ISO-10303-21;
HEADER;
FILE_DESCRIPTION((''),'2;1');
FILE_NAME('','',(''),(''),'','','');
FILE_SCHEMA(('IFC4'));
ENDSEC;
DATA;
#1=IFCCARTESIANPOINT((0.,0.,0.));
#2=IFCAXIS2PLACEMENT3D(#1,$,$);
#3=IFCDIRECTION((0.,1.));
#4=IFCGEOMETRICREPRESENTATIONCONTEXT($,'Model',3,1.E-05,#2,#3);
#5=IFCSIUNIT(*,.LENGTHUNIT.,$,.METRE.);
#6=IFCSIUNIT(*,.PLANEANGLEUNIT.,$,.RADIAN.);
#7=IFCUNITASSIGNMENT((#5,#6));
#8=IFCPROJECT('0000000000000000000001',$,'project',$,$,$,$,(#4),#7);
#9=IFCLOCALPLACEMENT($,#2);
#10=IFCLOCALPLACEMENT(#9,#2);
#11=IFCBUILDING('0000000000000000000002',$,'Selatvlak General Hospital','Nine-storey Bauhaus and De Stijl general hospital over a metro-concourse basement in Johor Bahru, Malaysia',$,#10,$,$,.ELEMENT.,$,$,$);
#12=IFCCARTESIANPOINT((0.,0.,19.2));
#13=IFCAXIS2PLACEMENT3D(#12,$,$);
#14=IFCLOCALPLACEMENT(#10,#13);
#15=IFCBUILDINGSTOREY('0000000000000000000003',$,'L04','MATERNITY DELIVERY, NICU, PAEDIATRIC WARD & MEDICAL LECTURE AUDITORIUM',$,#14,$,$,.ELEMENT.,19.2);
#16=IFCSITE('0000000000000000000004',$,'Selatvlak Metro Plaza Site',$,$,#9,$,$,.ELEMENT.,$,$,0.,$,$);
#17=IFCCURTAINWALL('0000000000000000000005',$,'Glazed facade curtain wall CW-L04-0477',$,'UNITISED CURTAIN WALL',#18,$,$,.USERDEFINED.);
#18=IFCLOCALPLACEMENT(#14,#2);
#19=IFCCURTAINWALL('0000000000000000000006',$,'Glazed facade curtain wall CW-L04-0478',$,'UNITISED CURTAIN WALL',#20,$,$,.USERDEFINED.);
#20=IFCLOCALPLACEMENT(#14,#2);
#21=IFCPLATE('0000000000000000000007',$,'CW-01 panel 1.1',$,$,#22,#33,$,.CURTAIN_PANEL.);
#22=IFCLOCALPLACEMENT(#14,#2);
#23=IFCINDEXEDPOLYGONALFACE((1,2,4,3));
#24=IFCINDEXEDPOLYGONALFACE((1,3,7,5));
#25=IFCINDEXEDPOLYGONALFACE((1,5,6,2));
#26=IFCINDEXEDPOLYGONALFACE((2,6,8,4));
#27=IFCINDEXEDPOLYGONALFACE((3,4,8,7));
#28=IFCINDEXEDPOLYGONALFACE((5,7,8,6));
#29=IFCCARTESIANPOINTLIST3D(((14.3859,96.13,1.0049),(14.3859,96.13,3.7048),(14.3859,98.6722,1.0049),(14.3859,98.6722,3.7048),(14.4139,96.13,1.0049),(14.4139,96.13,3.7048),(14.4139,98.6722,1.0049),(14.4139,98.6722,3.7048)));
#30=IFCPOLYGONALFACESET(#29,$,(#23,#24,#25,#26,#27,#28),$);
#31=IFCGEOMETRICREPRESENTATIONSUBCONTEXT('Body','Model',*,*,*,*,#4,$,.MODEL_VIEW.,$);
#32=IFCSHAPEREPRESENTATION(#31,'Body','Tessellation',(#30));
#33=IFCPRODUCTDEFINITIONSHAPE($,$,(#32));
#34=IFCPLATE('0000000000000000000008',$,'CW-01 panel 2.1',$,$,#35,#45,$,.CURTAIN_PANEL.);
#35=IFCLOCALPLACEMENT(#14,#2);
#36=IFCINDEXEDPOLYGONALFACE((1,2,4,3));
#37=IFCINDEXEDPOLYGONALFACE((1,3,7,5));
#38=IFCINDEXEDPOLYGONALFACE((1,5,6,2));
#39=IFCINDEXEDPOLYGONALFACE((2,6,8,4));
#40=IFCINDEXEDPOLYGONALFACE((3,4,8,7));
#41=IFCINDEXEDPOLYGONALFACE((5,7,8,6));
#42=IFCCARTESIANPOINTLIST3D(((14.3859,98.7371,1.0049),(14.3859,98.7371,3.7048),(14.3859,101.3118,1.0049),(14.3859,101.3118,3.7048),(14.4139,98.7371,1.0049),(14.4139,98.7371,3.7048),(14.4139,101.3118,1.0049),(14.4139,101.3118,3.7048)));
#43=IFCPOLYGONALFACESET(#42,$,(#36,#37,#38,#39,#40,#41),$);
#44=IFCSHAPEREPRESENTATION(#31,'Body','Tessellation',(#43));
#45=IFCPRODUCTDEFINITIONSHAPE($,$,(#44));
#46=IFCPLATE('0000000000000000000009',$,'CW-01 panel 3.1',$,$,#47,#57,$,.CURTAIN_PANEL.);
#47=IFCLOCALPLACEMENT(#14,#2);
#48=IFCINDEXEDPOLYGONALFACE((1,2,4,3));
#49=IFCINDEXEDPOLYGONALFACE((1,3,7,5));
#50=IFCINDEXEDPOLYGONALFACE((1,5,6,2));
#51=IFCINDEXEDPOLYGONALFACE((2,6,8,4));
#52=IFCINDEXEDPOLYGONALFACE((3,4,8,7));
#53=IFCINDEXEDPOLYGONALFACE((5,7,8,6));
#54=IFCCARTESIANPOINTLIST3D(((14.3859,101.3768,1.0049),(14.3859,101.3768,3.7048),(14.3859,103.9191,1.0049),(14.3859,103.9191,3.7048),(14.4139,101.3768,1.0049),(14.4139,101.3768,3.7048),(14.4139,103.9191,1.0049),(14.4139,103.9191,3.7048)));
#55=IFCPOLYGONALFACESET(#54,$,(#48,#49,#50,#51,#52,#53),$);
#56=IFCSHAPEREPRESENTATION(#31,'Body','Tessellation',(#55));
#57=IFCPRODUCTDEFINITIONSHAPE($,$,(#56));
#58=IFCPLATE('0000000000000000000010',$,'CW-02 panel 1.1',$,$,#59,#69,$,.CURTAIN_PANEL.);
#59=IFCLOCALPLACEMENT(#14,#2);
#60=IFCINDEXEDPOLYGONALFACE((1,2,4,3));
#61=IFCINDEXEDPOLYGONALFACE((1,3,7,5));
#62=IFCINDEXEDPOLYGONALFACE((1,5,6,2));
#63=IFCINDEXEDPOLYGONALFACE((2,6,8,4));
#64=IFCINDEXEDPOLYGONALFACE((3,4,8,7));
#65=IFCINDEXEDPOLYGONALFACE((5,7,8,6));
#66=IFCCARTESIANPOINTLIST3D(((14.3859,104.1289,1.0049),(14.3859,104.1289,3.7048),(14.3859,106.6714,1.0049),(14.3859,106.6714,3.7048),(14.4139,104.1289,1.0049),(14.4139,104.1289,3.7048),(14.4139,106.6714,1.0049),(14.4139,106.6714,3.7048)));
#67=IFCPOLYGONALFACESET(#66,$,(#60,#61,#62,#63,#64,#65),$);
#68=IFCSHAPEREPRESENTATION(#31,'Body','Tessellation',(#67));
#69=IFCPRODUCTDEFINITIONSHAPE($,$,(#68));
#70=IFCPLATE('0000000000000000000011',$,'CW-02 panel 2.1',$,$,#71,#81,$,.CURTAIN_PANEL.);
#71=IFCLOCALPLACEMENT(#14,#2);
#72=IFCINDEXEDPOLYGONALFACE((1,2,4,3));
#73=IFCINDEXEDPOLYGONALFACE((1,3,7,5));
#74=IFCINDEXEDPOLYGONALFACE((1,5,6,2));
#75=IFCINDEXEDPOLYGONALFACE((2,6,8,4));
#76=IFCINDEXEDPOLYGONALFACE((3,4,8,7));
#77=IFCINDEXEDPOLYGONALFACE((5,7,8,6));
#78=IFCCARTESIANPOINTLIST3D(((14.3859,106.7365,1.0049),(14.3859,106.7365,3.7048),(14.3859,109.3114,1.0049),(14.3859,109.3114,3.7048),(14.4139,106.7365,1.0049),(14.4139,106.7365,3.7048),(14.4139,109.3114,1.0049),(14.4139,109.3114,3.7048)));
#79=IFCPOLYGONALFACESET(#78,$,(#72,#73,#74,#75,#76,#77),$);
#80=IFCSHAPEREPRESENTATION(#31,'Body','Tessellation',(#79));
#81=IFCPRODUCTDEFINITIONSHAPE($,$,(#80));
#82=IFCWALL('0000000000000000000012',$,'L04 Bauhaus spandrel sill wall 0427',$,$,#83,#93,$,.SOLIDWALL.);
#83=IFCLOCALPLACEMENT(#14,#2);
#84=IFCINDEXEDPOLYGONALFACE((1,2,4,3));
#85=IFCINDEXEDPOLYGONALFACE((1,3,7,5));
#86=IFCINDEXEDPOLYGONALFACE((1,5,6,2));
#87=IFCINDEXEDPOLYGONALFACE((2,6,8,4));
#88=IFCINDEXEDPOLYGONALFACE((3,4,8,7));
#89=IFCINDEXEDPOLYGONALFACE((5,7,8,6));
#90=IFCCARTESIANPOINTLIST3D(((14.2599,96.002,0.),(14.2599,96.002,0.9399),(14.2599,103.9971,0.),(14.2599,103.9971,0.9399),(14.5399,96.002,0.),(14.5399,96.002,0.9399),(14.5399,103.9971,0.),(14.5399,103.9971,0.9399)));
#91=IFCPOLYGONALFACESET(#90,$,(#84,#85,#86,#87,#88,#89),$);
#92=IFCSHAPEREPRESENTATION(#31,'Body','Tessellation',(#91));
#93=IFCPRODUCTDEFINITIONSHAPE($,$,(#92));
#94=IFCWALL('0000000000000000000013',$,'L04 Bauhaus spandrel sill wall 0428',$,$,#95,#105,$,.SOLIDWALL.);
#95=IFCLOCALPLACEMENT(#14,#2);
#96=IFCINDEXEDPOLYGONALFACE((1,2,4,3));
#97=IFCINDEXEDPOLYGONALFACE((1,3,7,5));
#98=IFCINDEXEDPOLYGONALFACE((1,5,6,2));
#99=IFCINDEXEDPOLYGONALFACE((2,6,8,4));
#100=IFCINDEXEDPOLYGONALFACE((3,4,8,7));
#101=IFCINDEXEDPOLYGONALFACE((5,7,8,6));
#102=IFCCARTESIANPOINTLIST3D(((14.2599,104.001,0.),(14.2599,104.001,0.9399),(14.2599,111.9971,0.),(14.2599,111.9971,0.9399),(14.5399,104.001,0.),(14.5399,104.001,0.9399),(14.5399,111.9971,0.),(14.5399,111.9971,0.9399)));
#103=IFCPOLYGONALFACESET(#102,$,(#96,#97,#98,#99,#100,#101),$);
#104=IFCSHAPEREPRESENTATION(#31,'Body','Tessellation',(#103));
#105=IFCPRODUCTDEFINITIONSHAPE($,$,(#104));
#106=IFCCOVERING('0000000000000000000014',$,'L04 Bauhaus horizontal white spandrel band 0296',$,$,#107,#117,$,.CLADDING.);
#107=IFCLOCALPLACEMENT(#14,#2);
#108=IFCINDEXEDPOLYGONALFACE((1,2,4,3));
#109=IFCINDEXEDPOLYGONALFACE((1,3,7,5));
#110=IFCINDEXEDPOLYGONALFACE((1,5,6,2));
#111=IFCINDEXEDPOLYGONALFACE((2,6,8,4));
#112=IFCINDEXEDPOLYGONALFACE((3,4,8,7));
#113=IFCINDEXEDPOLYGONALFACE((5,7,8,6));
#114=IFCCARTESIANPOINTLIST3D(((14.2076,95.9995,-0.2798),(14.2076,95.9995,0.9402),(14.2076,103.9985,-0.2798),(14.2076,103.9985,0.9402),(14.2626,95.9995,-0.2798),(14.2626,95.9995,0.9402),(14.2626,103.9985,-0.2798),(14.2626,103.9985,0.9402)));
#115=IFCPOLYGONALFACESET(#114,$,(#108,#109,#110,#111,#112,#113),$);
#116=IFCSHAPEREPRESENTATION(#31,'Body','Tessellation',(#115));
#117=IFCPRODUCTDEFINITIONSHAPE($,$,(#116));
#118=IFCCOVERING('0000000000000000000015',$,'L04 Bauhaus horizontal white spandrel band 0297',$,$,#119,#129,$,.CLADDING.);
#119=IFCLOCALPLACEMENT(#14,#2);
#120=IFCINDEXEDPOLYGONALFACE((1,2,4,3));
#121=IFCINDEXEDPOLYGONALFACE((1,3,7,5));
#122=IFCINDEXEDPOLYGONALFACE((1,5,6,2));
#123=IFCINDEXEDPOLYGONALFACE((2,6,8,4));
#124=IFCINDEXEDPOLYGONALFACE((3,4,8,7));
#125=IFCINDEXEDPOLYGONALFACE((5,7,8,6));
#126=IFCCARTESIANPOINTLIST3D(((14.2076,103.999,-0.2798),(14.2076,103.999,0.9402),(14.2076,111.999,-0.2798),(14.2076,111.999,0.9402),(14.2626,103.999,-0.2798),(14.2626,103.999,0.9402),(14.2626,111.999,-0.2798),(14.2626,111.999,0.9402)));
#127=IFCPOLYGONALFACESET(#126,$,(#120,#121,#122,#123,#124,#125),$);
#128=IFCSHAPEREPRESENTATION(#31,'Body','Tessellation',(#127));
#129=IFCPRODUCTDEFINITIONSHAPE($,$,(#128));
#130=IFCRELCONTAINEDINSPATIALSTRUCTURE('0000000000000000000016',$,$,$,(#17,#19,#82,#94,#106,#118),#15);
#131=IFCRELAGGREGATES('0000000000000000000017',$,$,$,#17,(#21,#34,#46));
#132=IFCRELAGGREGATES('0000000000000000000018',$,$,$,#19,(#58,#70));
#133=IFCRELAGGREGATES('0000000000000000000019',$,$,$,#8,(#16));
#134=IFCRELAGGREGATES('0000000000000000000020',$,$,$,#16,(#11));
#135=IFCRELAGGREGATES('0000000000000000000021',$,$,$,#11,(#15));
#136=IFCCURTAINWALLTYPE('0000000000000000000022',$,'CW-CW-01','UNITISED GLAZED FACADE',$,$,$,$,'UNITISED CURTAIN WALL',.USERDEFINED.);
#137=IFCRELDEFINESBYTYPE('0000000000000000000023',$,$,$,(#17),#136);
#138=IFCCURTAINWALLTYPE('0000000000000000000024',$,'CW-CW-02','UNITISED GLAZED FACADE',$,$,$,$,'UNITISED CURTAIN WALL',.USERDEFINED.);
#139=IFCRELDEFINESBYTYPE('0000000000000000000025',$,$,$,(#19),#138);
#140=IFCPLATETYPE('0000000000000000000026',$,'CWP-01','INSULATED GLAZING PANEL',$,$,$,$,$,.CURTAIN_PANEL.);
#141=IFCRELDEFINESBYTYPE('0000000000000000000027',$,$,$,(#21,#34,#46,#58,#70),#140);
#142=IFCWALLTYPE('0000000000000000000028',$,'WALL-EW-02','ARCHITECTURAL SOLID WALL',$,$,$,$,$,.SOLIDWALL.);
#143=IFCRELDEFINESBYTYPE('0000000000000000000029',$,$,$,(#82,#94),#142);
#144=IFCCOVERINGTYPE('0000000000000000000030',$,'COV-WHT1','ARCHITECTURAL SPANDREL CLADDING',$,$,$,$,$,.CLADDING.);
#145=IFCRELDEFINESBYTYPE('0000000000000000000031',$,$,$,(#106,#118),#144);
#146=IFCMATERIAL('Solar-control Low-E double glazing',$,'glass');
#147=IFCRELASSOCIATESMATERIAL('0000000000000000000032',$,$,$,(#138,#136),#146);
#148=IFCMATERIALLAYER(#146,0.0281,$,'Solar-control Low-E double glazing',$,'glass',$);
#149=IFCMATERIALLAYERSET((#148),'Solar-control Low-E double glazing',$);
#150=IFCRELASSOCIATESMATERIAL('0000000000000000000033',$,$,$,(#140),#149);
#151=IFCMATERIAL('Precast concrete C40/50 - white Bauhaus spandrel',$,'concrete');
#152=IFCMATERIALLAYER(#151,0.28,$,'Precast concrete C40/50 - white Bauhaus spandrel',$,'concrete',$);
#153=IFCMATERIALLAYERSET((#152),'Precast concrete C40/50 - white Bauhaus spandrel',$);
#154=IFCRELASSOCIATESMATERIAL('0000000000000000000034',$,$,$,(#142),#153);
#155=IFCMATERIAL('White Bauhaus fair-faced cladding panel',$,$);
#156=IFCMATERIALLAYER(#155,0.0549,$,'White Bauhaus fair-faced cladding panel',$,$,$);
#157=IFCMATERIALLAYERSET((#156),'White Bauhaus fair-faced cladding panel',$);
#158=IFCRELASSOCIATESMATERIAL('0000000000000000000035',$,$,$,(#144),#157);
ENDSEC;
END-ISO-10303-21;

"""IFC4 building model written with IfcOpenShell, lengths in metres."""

from ifc_helpers import new_model, si_unit, direction, frame, frame_2d, origin, origin_2d, place, context, subcontext, project, spatial, rectangle, extrude, material, layer, layer_set, type_object, element, aggregate, save


model = new_model("IFC4")

# Units and contexts
model_context = context("Model", 3, precision=1e-05, world=origin(), true_north=direction((0.0, 1.0)))
body_context = subcontext(model_context, "Body", "Model", "MODEL_VIEW")
ifc_project = project(units=[si_unit("LENGTHUNIT", "METRE"), si_unit("PLANEANGLEUNIT", "RADIAN")], contexts=[model_context])

# Site, building, storey
site_placement = place(None, origin())
site = spatial("IfcSite", under=ifc_project, at=site_placement, Name="Selatvlak Metro Plaza Site", CompositionType="ELEMENT", RefElevation=0.0)
building_placement = place(site_placement, origin())
building = spatial("IfcBuilding", under=site, at=building_placement, Name="Selatvlak General Hospital", Description="Nine-storey Bauhaus and De Stijl general hospital over a metro-concourse basement in Johor Bahru, Malaysia", CompositionType="ELEMENT")
storey_placement = place(building_placement, frame((0.0, 0.0, 19.2)))
storey = spatial("IfcBuildingStorey", under=building, at=storey_placement, Name="L04", Description="MATERNITY DELIVERY, NICU, PAEDIATRIC WARD & MEDICAL LECTURE AUDITORIUM", CompositionType="ELEMENT", Elevation=19.2)

# Curtain walls
ifc_material_1 = material(Name="Solar-control Low-E double glazing", Category="glass")
curtain_wall_type_1 = type_object("IfcCurtainWallType", Name="CW-CW-02", Description="UNITISED GLAZED FACADE", ElementType="UNITISED CURTAIN WALL", PredefinedType="USERDEFINED", material=ifc_material_1)
curtain_wall_type_2 = type_object("IfcCurtainWallType", Name="CW-CW-01", Description="UNITISED GLAZED FACADE", ElementType="UNITISED CURTAIN WALL", PredefinedType="USERDEFINED", material=ifc_material_1)
curtain_wall_1_placement = place(storey_placement, origin())
curtain_wall_1 = element("IfcCurtainWall", 1, at=curtain_wall_1_placement, inside=storey, type_object=curtain_wall_type_2, Name="Glazed facade curtain wall CW-L04-0477", ObjectType="UNITISED CURTAIN WALL", PredefinedType="USERDEFINED")
curtain_wall_2_placement = place(storey_placement, origin())
curtain_wall_2 = element("IfcCurtainWall", 2, at=curtain_wall_2_placement, inside=storey, type_object=curtain_wall_type_1, Name="Glazed facade curtain wall CW-L04-0478", ObjectType="UNITISED CURTAIN WALL", PredefinedType="USERDEFINED")

# Plates
ifc_layer_1 = layer(ifc_material_1, 0.0281, Name="Solar-control Low-E double glazing", Category="glass")
ifc_layer_set_1 = layer_set([ifc_layer_1], Name="Solar-control Low-E double glazing")
plate_type = type_object("IfcPlateType", Name="CWP-01", Description="INSULATED GLAZING PANEL", PredefinedType="CURTAIN_PANEL", material=ifc_layer_set_1)
plate_1_placement = place(storey_placement, frame((14.3999, 97.4011, 1.0049), z_axis=(0.0, 0.0, 1.0), x_axis=(0.0, 1.0, 0.0)))
plate_1 = element("IfcPlate", 3, at=plate_1_placement, type_object=plate_type, Name="CW-01 panel 1.1", PredefinedType="CURTAIN_PANEL", context=body_context, shape_type="SweptSolid", body=[
    extrude(rectangle(XDim=2.5422, YDim=0.0281, at=origin_2d()), origin(), (0.0, 0.0, 1.0), 2.7),
])
plate_2_placement = place(storey_placement, frame((14.3999, 100.0244, 1.0049), z_axis=(0.0, 0.0, 1.0), x_axis=(0.0, 1.0, 0.0)))
plate_2 = element("IfcPlate", 4, at=plate_2_placement, type_object=plate_type, Name="CW-01 panel 2.1", PredefinedType="CURTAIN_PANEL", context=body_context, shape_type="SweptSolid", body=[
    extrude(rectangle(XDim=2.5747, YDim=0.0281, at=origin_2d()), origin(), (0.0, 0.0, 1.0), 2.7),
])
plate_3_placement = place(storey_placement, frame((14.3999, 102.6479, 1.0049), z_axis=(0.0, 0.0, 1.0), x_axis=(0.0, 1.0, 0.0)))
plate_3 = element("IfcPlate", 5, at=plate_3_placement, type_object=plate_type, Name="CW-01 panel 3.1", PredefinedType="CURTAIN_PANEL", context=body_context, shape_type="SweptSolid", body=[
    extrude(rectangle(XDim=2.5422, YDim=0.0281, at=origin_2d()), origin(), (0.0, 0.0, 1.0), 2.7),
])
aggregate(curtain_wall_1, [plate_1, plate_2, plate_3])
plate_4_placement = place(storey_placement, frame((14.3999, 105.4001, 1.0049), z_axis=(0.0, 0.0, 1.0), x_axis=(0.0, 1.0, 0.0)))
plate_4 = element("IfcPlate", 6, at=plate_4_placement, type_object=plate_type, Name="CW-02 panel 1.1", PredefinedType="CURTAIN_PANEL", context=body_context, shape_type="SweptSolid", body=[
    extrude(rectangle(XDim=2.5425, YDim=0.0281, at=origin_2d()), origin(), (0.0, 0.0, 1.0), 2.7),
])
plate_5_placement = place(storey_placement, frame((14.3999, 108.0239, 1.0049), z_axis=(0.0, 0.0, 1.0), x_axis=(0.0, 1.0, 0.0)))
plate_5 = element("IfcPlate", 7, at=plate_5_placement, type_object=plate_type, Name="CW-02 panel 2.1", PredefinedType="CURTAIN_PANEL", context=body_context, shape_type="SweptSolid", body=[
    extrude(rectangle(XDim=2.575, YDim=0.0281, at=origin_2d()), origin(), (0.0, 0.0, 1.0), 2.7),
])
aggregate(curtain_wall_2, [plate_4, plate_5])

# Walls
ifc_material_2 = material(Name="Precast concrete C40/50 - white Bauhaus spandrel", Category="concrete")
ifc_layer_2 = layer(ifc_material_2, 0.28, Name="Precast concrete C40/50 - white Bauhaus spandrel", Category="concrete")
ifc_layer_set_2 = layer_set([ifc_layer_2], Name="Precast concrete C40/50 - white Bauhaus spandrel")
wall_type = type_object("IfcWallType", Name="WALL-EW-02", Description="ARCHITECTURAL SOLID WALL", PredefinedType="SOLIDWALL", material=ifc_layer_set_2)
wall_1_placement = place(storey_placement, frame((14.3999, 96.002, 0.0), z_axis=(0.0, 0.0, 1.0), x_axis=(0.0, 1.0, 0.0)))
element("IfcWall", 8, at=wall_1_placement, inside=storey, type_object=wall_type, Name="L04 Bauhaus spandrel sill wall 0427", PredefinedType="SOLIDWALL", context=body_context, shape_type="SweptSolid", body=[
    extrude(rectangle(XDim=7.9951, YDim=0.28, at=frame_2d((3.9976, 0.0))), origin(), (0.0, 0.0, 1.0), 0.9399),
])
wall_2_placement = place(storey_placement, frame((14.3999, 104.001, 0.0), z_axis=(0.0, 0.0, 1.0), x_axis=(0.0, 1.0, 0.0)))
element("IfcWall", 9, at=wall_2_placement, inside=storey, type_object=wall_type, Name="L04 Bauhaus spandrel sill wall 0428", PredefinedType="SOLIDWALL", context=body_context, shape_type="SweptSolid", body=[
    extrude(rectangle(XDim=7.9961, YDim=0.28, at=frame_2d((3.998, 0.0))), origin(), (0.0, 0.0, 1.0), 0.9399),
])

# Coverings
ifc_material_3 = material(Name="White Bauhaus fair-faced cladding panel")
ifc_layer_3 = layer(ifc_material_3, 0.0549, Name="White Bauhaus fair-faced cladding panel")
ifc_layer_set_3 = layer_set([ifc_layer_3], Name="White Bauhaus fair-faced cladding panel")
covering_type = type_object("IfcCoveringType", Name="COV-WHT1", Description="ARCHITECTURAL SPANDREL CLADDING", PredefinedType="CLADDING", material=ifc_layer_set_3)
covering_1_placement = place(storey_placement, frame((14.2351, 99.999, -0.2798), z_axis=(0.0, 0.0, 1.0), x_axis=(0.0, 1.0, 0.0)))
element("IfcCovering", 10, at=covering_1_placement, inside=storey, type_object=covering_type, Name="L04 Bauhaus horizontal white spandrel band 0296", PredefinedType="CLADDING", context=body_context, shape_type="SweptSolid", body=[
    extrude(rectangle(XDim=7.999, YDim=0.0549, at=origin_2d()), origin(), (0.0, 0.0, 1.0), 1.22),
])
covering_2_placement = place(storey_placement, frame((14.2351, 107.999, -0.2798), z_axis=(0.0, 0.0, 1.0), x_axis=(0.0, 1.0, 0.0)))
element("IfcCovering", 11, at=covering_2_placement, inside=storey, type_object=covering_type, Name="L04 Bauhaus horizontal white spandrel band 0297", PredefinedType="CLADDING", context=body_context, shape_type="SweptSolid", body=[
    extrude(rectangle(XDim=8.0, YDim=0.0549, at=origin_2d()), origin(), (0.0, 0.0, 1.0), 1.22),
])

save(model, "model.ifc")
